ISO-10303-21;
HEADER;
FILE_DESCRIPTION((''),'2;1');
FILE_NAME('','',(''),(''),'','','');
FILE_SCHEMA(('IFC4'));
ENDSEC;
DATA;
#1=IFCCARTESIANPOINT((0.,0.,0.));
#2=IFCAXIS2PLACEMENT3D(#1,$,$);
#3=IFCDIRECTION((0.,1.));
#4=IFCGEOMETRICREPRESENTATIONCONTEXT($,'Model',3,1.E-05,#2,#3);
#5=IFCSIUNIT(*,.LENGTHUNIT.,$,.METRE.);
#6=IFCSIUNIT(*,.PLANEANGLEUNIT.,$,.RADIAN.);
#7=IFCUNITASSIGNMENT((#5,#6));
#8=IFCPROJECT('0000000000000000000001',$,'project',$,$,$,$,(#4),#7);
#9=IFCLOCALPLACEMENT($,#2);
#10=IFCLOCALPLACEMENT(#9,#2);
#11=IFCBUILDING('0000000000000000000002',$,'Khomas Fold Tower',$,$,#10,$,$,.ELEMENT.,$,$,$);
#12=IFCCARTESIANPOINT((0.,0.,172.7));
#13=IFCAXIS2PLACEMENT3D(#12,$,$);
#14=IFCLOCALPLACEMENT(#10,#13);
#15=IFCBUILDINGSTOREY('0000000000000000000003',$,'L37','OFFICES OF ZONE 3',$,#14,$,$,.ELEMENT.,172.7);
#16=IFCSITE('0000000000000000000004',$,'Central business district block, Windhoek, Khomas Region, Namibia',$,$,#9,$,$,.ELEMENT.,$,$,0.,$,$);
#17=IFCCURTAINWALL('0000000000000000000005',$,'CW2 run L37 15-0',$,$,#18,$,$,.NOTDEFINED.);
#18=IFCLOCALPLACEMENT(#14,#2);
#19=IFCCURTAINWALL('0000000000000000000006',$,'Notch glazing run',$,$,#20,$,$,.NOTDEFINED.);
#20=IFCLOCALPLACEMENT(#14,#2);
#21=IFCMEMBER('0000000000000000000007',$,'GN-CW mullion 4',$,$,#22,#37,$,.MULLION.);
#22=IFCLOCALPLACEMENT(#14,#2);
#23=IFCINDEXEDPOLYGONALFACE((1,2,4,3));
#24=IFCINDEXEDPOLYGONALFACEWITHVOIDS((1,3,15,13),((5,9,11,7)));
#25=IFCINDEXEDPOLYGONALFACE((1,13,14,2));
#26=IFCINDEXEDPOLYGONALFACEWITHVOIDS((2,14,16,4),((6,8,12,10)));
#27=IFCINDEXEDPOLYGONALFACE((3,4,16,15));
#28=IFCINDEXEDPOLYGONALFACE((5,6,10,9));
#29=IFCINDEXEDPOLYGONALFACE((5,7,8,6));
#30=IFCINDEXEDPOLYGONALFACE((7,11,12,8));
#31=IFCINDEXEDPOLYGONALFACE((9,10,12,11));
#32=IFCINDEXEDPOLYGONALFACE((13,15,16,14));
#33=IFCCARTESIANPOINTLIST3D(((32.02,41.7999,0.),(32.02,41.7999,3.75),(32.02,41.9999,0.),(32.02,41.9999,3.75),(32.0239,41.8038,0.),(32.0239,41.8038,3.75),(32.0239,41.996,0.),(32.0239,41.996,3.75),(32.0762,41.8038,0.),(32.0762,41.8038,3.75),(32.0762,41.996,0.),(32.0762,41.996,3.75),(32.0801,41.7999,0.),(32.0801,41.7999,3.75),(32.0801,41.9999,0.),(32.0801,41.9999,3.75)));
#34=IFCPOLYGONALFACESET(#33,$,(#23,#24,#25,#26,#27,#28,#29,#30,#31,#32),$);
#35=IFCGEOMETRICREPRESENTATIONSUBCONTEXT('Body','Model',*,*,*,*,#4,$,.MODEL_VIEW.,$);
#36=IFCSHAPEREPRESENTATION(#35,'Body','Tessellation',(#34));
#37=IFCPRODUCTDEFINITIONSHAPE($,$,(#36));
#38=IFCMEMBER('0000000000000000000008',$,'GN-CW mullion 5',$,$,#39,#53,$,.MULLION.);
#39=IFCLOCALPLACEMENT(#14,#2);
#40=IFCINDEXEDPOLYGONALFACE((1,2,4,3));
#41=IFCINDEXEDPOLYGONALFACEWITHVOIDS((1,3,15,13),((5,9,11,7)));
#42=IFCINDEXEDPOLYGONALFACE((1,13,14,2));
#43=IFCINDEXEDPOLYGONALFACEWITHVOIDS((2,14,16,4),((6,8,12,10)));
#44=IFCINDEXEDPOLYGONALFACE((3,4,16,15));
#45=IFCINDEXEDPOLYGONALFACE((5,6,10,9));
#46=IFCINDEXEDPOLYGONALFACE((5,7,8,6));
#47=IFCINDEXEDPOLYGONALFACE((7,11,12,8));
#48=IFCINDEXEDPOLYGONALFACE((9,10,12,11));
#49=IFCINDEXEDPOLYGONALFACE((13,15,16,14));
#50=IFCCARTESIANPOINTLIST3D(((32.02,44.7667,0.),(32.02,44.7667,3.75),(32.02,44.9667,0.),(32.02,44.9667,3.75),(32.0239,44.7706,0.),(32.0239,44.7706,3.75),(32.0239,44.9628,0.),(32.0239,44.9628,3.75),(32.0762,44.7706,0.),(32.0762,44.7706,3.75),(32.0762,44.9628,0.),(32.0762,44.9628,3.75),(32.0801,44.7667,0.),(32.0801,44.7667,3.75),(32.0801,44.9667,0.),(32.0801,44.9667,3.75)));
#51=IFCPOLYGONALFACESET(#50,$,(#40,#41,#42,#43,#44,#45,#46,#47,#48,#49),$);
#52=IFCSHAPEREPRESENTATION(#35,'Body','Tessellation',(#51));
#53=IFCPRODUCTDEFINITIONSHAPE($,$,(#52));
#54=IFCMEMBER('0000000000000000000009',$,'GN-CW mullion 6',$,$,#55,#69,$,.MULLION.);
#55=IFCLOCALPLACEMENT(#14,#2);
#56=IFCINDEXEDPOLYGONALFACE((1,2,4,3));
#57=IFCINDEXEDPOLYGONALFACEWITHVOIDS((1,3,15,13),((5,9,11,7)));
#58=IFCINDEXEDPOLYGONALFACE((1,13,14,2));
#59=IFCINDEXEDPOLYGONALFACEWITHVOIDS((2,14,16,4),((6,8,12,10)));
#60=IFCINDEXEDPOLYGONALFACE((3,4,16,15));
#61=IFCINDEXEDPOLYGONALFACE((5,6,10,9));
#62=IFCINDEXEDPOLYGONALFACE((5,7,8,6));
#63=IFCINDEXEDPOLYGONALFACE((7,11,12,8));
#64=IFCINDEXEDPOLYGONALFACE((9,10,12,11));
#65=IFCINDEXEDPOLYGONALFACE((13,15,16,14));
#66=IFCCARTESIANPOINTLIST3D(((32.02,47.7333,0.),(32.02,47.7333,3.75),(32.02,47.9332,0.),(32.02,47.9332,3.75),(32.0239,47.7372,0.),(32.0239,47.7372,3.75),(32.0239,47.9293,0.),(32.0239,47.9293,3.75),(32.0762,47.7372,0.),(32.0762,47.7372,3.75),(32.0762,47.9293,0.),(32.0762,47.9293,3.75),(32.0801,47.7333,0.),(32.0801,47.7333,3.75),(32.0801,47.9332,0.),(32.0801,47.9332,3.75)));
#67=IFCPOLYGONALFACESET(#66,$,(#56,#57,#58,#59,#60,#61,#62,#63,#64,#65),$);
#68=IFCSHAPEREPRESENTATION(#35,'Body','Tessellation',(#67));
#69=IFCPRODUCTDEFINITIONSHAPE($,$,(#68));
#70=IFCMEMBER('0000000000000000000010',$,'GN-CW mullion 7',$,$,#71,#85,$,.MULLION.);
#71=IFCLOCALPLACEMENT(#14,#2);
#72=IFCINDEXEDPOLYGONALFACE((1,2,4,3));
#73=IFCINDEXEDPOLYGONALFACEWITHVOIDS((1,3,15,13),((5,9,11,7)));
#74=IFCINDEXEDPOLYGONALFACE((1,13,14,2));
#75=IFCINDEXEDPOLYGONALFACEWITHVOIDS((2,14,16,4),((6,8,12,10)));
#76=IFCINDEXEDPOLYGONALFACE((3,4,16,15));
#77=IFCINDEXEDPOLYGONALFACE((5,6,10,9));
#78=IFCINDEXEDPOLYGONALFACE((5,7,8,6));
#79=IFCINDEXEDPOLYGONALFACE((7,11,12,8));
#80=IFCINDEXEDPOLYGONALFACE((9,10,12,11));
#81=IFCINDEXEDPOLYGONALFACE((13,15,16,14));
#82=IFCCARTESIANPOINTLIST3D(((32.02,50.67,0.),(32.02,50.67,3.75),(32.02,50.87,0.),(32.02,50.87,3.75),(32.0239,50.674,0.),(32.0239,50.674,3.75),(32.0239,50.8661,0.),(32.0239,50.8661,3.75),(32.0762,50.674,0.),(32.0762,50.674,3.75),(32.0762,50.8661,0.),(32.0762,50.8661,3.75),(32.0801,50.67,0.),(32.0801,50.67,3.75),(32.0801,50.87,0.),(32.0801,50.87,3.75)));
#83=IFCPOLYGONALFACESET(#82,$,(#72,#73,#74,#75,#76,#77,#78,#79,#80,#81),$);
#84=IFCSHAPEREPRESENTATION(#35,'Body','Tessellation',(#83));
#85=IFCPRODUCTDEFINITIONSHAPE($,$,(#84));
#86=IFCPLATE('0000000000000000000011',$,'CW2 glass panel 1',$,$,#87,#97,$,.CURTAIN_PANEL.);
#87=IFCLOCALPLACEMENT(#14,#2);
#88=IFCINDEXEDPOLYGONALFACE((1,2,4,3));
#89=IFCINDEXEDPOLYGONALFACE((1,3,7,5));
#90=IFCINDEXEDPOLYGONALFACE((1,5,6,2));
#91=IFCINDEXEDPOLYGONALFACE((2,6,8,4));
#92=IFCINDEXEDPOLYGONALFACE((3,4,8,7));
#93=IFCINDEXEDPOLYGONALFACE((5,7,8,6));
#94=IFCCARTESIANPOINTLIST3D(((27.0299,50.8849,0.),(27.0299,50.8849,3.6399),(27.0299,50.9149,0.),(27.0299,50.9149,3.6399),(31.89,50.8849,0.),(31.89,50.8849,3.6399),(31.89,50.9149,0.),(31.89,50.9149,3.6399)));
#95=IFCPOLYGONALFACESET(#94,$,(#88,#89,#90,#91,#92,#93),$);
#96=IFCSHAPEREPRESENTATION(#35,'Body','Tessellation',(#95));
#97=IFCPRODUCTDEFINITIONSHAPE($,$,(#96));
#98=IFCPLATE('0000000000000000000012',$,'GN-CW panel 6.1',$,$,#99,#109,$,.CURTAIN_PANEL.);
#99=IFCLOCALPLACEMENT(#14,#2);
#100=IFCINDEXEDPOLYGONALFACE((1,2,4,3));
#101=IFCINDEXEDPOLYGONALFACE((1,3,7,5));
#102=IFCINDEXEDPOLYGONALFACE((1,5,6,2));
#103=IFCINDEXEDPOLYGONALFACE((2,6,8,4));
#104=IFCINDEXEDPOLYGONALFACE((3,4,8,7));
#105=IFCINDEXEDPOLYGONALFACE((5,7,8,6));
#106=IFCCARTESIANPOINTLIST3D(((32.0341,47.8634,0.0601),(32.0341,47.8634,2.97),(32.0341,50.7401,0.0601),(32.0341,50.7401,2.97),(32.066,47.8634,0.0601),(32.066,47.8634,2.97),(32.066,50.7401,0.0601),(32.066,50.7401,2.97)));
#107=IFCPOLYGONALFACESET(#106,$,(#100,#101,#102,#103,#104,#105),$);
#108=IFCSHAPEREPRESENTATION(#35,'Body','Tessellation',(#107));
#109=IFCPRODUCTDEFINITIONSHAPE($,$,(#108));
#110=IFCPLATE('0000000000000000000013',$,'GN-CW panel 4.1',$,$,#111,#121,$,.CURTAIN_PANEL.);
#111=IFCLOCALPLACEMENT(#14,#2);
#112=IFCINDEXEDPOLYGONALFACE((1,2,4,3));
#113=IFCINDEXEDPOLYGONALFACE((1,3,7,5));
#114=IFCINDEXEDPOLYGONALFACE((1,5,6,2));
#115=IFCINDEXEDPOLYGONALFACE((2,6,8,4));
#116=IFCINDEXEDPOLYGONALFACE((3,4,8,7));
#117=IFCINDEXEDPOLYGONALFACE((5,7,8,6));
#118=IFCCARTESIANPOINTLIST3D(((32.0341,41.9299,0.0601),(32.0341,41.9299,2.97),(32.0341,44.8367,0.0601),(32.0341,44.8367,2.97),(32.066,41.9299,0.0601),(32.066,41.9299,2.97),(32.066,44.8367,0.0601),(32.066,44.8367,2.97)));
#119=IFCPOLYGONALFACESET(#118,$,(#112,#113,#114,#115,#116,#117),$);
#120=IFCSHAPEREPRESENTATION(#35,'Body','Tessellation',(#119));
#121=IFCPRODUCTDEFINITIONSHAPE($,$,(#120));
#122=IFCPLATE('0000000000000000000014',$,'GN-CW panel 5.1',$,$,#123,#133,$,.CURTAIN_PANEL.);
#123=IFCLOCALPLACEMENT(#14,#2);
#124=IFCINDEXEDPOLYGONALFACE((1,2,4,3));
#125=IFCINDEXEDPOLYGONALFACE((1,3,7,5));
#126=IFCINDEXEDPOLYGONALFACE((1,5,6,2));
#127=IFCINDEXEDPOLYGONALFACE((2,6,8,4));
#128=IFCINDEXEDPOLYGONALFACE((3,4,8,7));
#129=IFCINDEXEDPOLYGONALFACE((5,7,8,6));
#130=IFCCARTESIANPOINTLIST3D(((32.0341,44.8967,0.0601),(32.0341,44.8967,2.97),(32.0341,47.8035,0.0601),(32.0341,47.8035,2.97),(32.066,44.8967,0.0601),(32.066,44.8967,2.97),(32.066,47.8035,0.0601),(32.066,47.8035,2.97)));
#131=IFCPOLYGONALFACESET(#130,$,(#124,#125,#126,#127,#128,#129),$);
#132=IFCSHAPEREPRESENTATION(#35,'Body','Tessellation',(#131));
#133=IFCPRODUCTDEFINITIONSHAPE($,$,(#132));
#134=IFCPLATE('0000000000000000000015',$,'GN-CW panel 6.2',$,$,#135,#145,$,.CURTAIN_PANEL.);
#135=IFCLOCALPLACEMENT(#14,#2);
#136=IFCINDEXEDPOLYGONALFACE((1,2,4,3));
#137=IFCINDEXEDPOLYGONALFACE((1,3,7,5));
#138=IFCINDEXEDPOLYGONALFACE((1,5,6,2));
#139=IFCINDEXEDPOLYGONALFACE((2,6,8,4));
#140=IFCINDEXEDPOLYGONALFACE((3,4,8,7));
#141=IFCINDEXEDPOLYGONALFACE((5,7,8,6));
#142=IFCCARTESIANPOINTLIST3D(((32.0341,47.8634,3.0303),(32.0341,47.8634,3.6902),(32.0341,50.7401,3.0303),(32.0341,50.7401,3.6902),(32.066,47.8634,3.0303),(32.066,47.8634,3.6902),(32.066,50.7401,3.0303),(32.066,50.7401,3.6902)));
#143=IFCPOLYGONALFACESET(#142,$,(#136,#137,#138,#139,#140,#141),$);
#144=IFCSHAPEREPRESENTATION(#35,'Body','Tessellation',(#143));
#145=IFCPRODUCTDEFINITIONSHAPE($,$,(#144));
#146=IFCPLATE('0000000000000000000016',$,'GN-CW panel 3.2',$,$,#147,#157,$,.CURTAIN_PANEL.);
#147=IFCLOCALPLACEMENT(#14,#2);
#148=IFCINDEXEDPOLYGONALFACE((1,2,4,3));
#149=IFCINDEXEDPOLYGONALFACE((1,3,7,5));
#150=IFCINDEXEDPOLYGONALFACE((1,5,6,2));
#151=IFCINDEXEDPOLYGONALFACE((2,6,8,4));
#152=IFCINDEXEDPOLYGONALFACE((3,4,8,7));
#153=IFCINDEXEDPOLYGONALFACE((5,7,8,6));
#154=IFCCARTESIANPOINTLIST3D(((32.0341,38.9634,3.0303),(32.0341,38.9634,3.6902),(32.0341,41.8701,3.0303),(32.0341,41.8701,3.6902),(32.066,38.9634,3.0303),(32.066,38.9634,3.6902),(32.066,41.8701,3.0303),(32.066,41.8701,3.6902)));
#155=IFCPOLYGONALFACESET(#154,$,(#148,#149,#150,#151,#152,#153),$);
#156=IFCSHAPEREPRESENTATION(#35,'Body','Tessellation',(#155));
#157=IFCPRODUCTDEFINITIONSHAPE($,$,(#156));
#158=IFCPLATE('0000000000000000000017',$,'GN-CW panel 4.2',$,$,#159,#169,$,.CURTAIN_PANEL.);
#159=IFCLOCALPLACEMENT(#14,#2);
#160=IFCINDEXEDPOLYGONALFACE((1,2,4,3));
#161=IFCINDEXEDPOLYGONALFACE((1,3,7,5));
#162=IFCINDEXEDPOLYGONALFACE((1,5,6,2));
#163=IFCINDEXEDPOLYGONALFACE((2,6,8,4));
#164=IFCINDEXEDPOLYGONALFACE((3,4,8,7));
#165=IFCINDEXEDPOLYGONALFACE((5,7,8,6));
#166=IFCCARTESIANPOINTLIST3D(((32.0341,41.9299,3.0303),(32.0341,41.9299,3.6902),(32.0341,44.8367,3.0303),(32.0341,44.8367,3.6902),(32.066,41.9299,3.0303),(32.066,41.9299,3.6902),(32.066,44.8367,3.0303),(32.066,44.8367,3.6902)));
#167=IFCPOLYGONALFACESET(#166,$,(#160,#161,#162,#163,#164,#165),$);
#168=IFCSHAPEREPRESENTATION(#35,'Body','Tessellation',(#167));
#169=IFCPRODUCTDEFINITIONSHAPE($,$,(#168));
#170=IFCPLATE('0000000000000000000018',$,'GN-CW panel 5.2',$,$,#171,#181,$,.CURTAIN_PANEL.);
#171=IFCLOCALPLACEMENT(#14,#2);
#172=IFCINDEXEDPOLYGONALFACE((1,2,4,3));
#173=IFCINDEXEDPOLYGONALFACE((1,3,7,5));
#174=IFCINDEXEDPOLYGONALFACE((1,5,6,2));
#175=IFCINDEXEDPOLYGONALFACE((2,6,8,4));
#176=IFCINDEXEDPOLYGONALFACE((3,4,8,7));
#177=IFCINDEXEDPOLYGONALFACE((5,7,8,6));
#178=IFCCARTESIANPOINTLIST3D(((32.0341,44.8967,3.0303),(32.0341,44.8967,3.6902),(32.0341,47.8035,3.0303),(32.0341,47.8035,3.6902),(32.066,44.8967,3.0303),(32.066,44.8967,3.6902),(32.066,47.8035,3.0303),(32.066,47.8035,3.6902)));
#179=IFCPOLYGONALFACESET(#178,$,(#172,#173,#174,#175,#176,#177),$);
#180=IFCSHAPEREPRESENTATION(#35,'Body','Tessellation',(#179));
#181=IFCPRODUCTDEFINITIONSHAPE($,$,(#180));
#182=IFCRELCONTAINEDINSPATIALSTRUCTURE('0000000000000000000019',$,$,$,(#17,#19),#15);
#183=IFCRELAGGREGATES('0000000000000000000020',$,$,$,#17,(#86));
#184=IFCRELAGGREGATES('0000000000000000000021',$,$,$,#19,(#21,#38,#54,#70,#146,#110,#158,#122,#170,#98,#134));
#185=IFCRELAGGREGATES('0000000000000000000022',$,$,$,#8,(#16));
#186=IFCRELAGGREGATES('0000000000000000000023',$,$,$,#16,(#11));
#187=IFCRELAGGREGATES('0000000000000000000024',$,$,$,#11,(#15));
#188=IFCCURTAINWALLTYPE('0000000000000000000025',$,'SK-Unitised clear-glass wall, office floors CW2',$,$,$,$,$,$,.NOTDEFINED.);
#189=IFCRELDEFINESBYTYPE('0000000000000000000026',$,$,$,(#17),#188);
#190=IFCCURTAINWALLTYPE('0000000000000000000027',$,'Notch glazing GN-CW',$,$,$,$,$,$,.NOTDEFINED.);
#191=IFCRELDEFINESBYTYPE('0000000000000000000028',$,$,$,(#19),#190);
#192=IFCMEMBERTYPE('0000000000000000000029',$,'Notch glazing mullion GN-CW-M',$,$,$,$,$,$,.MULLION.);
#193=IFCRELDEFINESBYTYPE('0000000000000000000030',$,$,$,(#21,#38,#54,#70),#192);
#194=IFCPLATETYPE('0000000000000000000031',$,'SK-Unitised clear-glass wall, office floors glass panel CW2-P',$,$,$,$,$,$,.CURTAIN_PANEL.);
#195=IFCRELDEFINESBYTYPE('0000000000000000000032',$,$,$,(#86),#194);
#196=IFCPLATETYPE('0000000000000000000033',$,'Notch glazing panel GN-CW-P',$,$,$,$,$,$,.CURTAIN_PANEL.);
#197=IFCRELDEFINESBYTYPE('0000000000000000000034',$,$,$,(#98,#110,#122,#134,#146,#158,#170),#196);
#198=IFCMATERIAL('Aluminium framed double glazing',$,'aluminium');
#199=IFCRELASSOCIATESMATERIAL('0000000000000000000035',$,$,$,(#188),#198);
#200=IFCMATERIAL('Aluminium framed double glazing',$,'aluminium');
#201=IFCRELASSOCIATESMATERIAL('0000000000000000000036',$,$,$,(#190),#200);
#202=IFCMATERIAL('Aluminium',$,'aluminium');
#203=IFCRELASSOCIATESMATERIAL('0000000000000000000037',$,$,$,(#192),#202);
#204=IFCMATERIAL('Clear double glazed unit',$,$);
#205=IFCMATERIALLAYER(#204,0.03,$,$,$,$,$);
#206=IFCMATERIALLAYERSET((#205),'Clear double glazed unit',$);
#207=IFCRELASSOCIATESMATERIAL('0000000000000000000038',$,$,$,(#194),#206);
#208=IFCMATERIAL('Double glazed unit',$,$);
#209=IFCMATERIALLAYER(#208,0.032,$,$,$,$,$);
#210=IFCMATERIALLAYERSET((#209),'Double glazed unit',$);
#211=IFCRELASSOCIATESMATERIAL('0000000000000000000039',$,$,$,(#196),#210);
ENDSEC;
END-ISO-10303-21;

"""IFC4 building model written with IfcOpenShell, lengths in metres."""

from ifc_helpers import new_model, si_unit, direction, frame, origin, origin_2d, place, context, subcontext, project, spatial, rectangle, hollow_rectangle, extrude, source, transform, mapped, material, layer, layer_set, material_profile, profile_set, type_object, element, aggregate, save


model = new_model("IFC4")

# Units and contexts
model_context = context("Model", 3, precision=1e-05, world=origin(), true_north=direction((0.0, 1.0)))
body_context = subcontext(model_context, "Body", "Model", "MODEL_VIEW")
ifc_project = project(units=[si_unit("LENGTHUNIT", "METRE"), si_unit("PLANEANGLEUNIT", "RADIAN")], contexts=[model_context])

# Site, building, storey
site_placement = place(None, origin())
site = spatial("IfcSite", under=ifc_project, at=site_placement, Name="Central business district block, Windhoek, Khomas Region, Namibia", CompositionType="ELEMENT", RefElevation=0.0)
building_placement = place(site_placement, origin())
building = spatial("IfcBuilding", under=site, at=building_placement, Name="Khomas Fold Tower", CompositionType="ELEMENT")
storey_placement = place(building_placement, frame((0.0, 0.0, 172.7)))
storey = spatial("IfcBuildingStorey", under=building, at=storey_placement, Name="L37", Description="OFFICES OF ZONE 3", CompositionType="ELEMENT", Elevation=172.7)

# Shared definitions
ifc_material_1 = material(Name="Aluminium framed double glazing", Category="aluminium")
curtain_wall_type_1 = type_object("IfcCurtainWallType", Name="SK-Unitised clear-glass wall, office floors CW2", PredefinedType="NOTDEFINED", material=ifc_material_1)

# Curtain walls, members
curtain_wall_1_placement = place(storey_placement, origin())
curtain_wall_1 = element("IfcCurtainWall", 1, at=curtain_wall_1_placement, inside=storey, type_object=curtain_wall_type_1, Name="CW2 run L37 15-0", PredefinedType="NOTDEFINED")
ifc_material_2 = material(Name="Aluminium framed double glazing", Category="aluminium")
curtain_wall_type_2 = type_object("IfcCurtainWallType", Name="Notch glazing GN-CW", PredefinedType="NOTDEFINED", material=ifc_material_2)
curtain_wall_2_placement = place(storey_placement, origin())
curtain_wall_2 = element("IfcCurtainWall", 2, at=curtain_wall_2_placement, inside=storey, type_object=curtain_wall_type_2, Name="Notch glazing run", PredefinedType="NOTDEFINED")
ifc_material_3 = material(Name="Aluminium", Category="aluminium")
ifc_material_profile_1 = material_profile(ifc_material_3, hollow_rectangle(XDim=0.0601, YDim=0.2, WallThickness=0.0039, at=origin_2d()), Name="Notch glazing mullion GN-CW-M")
ifc_profile_set_1 = profile_set([ifc_material_profile_1], Name="Aluminium")
member_type_1 = type_object("IfcMemberType", Name="Notch glazing mullion GN-CW-M", PredefinedType="MULLION", material=ifc_profile_set_1)
shared_shape_1 = source(origin(), body_context, "Body", "SweptSolid", [
    extrude(hollow_rectangle(XDim=0.0601, YDim=0.2, WallThickness=0.0039, at=origin_2d()), origin(), (0.0, 0.0, 1.0), 3.75),
])
member_1_placement = place(storey_placement, frame((32.05, 41.8999, 0.0), z_axis=(0.0, 0.0, 1.0), x_axis=(-1.0, 0.0, 0.0)))
member_1 = element("IfcMember", 3, at=member_1_placement, type_object=member_type_1, Name="GN-CW mullion 4", PredefinedType="MULLION", context=body_context, shape_type="MappedRepresentation", body=[
    mapped(shared_shape_1, transform((0.0, 0.0, 0.0))),
])
member_2_placement = place(storey_placement, frame((32.05, 44.8667, 0.0), z_axis=(0.0, 0.0, 1.0), x_axis=(-1.0, 0.0, 0.0)))
member_2 = element("IfcMember", 4, at=member_2_placement, type_object=member_type_1, Name="GN-CW mullion 5", PredefinedType="MULLION", context=body_context, shape_type="MappedRepresentation", body=[
    mapped(shared_shape_1, transform((0.0, 0.0, 0.0))),
])
member_3_placement = place(storey_placement, frame((32.05, 47.8333, 0.0), z_axis=(0.0, 0.0, 1.0), x_axis=(-1.0, 0.0, 0.0)))
member_3 = element("IfcMember", 5, at=member_3_placement, type_object=member_type_1, Name="GN-CW mullion 6", PredefinedType="MULLION", context=body_context, shape_type="MappedRepresentation", body=[
    mapped(shared_shape_1, transform((0.0, 0.0, 0.0))),
])
member_4_placement = place(storey_placement, frame((32.05, 50.77, 0.0), z_axis=(0.0, 0.0, 1.0), x_axis=(-1.0, 0.0, 0.0)))
member_4 = element("IfcMember", 6, at=member_4_placement, type_object=member_type_1, Name="GN-CW mullion 7", PredefinedType="MULLION", context=body_context, shape_type="MappedRepresentation", body=[
    mapped(shared_shape_1, transform((0.0, 0.0, 0.0))),
])

# Plates
ifc_material_4 = material(Name="Clear double glazed unit")
ifc_layer_1 = layer(ifc_material_4, 0.03)
ifc_layer_set_1 = layer_set([ifc_layer_1], Name="Clear double glazed unit")
plate_type_1 = type_object("IfcPlateType", Name="SK-Unitised clear-glass wall, office floors glass panel CW2-P", PredefinedType="CURTAIN_PANEL", material=ifc_layer_set_1)
shared_shape_2 = source(origin(), body_context, "Body", "SweptSolid", [
    extrude(rectangle(XDim=4.8601, YDim=0.03, at=origin_2d()), origin(), (0.0, 0.0, 1.0), 3.6399),
])
plate_1_placement = place(storey_placement, frame((29.46, 50.8999, 0.0), z_axis=(0.0, 0.0, 1.0), x_axis=(-1.0, 0.0, 0.0)))
plate_1 = element("IfcPlate", 7, at=plate_1_placement, type_object=plate_type_1, Name="CW2 glass panel 1", PredefinedType="CURTAIN_PANEL", context=body_context, shape_type="MappedRepresentation", body=[
    mapped(shared_shape_2, transform((0.0, 0.0, 0.0))),
])
aggregate(curtain_wall_1, [plate_1])
ifc_material_5 = material(Name="Double glazed unit")
ifc_layer_2 = layer(ifc_material_5, 0.032)
ifc_layer_set_2 = layer_set([ifc_layer_2], Name="Double glazed unit")
plate_type_2 = type_object("IfcPlateType", Name="Notch glazing panel GN-CW-P", PredefinedType="CURTAIN_PANEL", material=ifc_layer_set_2)
shared_shape_3 = source(origin(), body_context, "Body", "SweptSolid", [
    extrude(rectangle(XDim=2.8767, YDim=0.032, at=origin_2d()), origin(), (0.0, 0.0, 1.0), 2.9099),
])
plate_2_placement = place(storey_placement, frame((32.05, 49.3018, 0.0601), z_axis=(0.0, 0.0, 1.0), x_axis=(0.0, 1.0, 0.0)))
plate_2 = element("IfcPlate", 8, at=plate_2_placement, type_object=plate_type_2, Name="GN-CW panel 6.1", PredefinedType="CURTAIN_PANEL", context=body_context, shape_type="MappedRepresentation", body=[
    mapped(shared_shape_3, transform((0.0, 0.0, 0.0))),
])
shared_shape_4 = source(origin(), body_context, "Body", "SweptSolid", [
    extrude(rectangle(XDim=2.9067, YDim=0.032, at=origin_2d()), origin(), (0.0, 0.0, 1.0), 2.9099),
])
plate_3_placement = place(storey_placement, frame((32.05, 43.3833, 0.0601), z_axis=(0.0, 0.0, 1.0), x_axis=(0.0, 1.0, 0.0)))
plate_3 = element("IfcPlate", 9, at=plate_3_placement, type_object=plate_type_2, Name="GN-CW panel 4.1", PredefinedType="CURTAIN_PANEL", context=body_context, shape_type="MappedRepresentation", body=[
    mapped(shared_shape_4, transform((0.0, 0.0, 0.0))),
])
plate_4_placement = place(storey_placement, frame((32.05, 46.3501, 0.0601), z_axis=(0.0, 0.0, 1.0), x_axis=(0.0, 1.0, 0.0)))
plate_4 = element("IfcPlate", 10, at=plate_4_placement, type_object=plate_type_2, Name="GN-CW panel 5.1", PredefinedType="CURTAIN_PANEL", context=body_context, shape_type="MappedRepresentation", body=[
    mapped(shared_shape_4, transform((0.0, 0.0, 0.0))),
])
shared_shape_5 = source(origin(), body_context, "Body", "SweptSolid", [
    extrude(rectangle(XDim=2.8767, YDim=0.032, at=origin_2d()), origin(), (0.0, 0.0, 1.0), 0.6599),
])
plate_5_placement = place(storey_placement, frame((32.05, 49.3018, 3.0303), z_axis=(0.0, 0.0, 1.0), x_axis=(0.0, 1.0, 0.0)))
plate_5 = element("IfcPlate", 11, at=plate_5_placement, type_object=plate_type_2, Name="GN-CW panel 6.2", PredefinedType="CURTAIN_PANEL", context=body_context, shape_type="MappedRepresentation", body=[
    mapped(shared_shape_5, transform((0.0, 0.0, 0.0))),
])
shared_shape_6 = source(origin(), body_context, "Body", "SweptSolid", [
    extrude(rectangle(XDim=2.9067, YDim=0.032, at=origin_2d()), origin(), (0.0, 0.0, 1.0), 0.6599),
])
plate_6_placement = place(storey_placement, frame((32.05, 40.4167, 3.0303), z_axis=(0.0, 0.0, 1.0), x_axis=(0.0, 1.0, 0.0)))
plate_6 = element("IfcPlate", 12, at=plate_6_placement, type_object=plate_type_2, Name="GN-CW panel 3.2", PredefinedType="CURTAIN_PANEL", context=body_context, shape_type="MappedRepresentation", body=[
    mapped(shared_shape_6, transform((0.0, 0.0, 0.0))),
])
plate_7_placement = place(storey_placement, frame((32.05, 43.3833, 3.0303), z_axis=(0.0, 0.0, 1.0), x_axis=(0.0, 1.0, 0.0)))
plate_7 = element("IfcPlate", 13, at=plate_7_placement, type_object=plate_type_2, Name="GN-CW panel 4.2", PredefinedType="CURTAIN_PANEL", context=body_context, shape_type="MappedRepresentation", body=[
    mapped(shared_shape_6, transform((0.0, 0.0, 0.0))),
])
plate_8_placement = place(storey_placement, frame((32.05, 46.3501, 3.0303), z_axis=(0.0, 0.0, 1.0), x_axis=(0.0, 1.0, 0.0)))
plate_8 = element("IfcPlate", 14, at=plate_8_placement, type_object=plate_type_2, Name="GN-CW panel 5.2", PredefinedType="CURTAIN_PANEL", context=body_context, shape_type="MappedRepresentation", body=[
    mapped(shared_shape_6, transform((0.0, 0.0, 0.0))),
])
aggregate(curtain_wall_2, [member_1, member_2, member_3, member_4, plate_6, plate_3, plate_7, plate_4, plate_8, plate_2, plate_5])

save(model, "model.ifc")
